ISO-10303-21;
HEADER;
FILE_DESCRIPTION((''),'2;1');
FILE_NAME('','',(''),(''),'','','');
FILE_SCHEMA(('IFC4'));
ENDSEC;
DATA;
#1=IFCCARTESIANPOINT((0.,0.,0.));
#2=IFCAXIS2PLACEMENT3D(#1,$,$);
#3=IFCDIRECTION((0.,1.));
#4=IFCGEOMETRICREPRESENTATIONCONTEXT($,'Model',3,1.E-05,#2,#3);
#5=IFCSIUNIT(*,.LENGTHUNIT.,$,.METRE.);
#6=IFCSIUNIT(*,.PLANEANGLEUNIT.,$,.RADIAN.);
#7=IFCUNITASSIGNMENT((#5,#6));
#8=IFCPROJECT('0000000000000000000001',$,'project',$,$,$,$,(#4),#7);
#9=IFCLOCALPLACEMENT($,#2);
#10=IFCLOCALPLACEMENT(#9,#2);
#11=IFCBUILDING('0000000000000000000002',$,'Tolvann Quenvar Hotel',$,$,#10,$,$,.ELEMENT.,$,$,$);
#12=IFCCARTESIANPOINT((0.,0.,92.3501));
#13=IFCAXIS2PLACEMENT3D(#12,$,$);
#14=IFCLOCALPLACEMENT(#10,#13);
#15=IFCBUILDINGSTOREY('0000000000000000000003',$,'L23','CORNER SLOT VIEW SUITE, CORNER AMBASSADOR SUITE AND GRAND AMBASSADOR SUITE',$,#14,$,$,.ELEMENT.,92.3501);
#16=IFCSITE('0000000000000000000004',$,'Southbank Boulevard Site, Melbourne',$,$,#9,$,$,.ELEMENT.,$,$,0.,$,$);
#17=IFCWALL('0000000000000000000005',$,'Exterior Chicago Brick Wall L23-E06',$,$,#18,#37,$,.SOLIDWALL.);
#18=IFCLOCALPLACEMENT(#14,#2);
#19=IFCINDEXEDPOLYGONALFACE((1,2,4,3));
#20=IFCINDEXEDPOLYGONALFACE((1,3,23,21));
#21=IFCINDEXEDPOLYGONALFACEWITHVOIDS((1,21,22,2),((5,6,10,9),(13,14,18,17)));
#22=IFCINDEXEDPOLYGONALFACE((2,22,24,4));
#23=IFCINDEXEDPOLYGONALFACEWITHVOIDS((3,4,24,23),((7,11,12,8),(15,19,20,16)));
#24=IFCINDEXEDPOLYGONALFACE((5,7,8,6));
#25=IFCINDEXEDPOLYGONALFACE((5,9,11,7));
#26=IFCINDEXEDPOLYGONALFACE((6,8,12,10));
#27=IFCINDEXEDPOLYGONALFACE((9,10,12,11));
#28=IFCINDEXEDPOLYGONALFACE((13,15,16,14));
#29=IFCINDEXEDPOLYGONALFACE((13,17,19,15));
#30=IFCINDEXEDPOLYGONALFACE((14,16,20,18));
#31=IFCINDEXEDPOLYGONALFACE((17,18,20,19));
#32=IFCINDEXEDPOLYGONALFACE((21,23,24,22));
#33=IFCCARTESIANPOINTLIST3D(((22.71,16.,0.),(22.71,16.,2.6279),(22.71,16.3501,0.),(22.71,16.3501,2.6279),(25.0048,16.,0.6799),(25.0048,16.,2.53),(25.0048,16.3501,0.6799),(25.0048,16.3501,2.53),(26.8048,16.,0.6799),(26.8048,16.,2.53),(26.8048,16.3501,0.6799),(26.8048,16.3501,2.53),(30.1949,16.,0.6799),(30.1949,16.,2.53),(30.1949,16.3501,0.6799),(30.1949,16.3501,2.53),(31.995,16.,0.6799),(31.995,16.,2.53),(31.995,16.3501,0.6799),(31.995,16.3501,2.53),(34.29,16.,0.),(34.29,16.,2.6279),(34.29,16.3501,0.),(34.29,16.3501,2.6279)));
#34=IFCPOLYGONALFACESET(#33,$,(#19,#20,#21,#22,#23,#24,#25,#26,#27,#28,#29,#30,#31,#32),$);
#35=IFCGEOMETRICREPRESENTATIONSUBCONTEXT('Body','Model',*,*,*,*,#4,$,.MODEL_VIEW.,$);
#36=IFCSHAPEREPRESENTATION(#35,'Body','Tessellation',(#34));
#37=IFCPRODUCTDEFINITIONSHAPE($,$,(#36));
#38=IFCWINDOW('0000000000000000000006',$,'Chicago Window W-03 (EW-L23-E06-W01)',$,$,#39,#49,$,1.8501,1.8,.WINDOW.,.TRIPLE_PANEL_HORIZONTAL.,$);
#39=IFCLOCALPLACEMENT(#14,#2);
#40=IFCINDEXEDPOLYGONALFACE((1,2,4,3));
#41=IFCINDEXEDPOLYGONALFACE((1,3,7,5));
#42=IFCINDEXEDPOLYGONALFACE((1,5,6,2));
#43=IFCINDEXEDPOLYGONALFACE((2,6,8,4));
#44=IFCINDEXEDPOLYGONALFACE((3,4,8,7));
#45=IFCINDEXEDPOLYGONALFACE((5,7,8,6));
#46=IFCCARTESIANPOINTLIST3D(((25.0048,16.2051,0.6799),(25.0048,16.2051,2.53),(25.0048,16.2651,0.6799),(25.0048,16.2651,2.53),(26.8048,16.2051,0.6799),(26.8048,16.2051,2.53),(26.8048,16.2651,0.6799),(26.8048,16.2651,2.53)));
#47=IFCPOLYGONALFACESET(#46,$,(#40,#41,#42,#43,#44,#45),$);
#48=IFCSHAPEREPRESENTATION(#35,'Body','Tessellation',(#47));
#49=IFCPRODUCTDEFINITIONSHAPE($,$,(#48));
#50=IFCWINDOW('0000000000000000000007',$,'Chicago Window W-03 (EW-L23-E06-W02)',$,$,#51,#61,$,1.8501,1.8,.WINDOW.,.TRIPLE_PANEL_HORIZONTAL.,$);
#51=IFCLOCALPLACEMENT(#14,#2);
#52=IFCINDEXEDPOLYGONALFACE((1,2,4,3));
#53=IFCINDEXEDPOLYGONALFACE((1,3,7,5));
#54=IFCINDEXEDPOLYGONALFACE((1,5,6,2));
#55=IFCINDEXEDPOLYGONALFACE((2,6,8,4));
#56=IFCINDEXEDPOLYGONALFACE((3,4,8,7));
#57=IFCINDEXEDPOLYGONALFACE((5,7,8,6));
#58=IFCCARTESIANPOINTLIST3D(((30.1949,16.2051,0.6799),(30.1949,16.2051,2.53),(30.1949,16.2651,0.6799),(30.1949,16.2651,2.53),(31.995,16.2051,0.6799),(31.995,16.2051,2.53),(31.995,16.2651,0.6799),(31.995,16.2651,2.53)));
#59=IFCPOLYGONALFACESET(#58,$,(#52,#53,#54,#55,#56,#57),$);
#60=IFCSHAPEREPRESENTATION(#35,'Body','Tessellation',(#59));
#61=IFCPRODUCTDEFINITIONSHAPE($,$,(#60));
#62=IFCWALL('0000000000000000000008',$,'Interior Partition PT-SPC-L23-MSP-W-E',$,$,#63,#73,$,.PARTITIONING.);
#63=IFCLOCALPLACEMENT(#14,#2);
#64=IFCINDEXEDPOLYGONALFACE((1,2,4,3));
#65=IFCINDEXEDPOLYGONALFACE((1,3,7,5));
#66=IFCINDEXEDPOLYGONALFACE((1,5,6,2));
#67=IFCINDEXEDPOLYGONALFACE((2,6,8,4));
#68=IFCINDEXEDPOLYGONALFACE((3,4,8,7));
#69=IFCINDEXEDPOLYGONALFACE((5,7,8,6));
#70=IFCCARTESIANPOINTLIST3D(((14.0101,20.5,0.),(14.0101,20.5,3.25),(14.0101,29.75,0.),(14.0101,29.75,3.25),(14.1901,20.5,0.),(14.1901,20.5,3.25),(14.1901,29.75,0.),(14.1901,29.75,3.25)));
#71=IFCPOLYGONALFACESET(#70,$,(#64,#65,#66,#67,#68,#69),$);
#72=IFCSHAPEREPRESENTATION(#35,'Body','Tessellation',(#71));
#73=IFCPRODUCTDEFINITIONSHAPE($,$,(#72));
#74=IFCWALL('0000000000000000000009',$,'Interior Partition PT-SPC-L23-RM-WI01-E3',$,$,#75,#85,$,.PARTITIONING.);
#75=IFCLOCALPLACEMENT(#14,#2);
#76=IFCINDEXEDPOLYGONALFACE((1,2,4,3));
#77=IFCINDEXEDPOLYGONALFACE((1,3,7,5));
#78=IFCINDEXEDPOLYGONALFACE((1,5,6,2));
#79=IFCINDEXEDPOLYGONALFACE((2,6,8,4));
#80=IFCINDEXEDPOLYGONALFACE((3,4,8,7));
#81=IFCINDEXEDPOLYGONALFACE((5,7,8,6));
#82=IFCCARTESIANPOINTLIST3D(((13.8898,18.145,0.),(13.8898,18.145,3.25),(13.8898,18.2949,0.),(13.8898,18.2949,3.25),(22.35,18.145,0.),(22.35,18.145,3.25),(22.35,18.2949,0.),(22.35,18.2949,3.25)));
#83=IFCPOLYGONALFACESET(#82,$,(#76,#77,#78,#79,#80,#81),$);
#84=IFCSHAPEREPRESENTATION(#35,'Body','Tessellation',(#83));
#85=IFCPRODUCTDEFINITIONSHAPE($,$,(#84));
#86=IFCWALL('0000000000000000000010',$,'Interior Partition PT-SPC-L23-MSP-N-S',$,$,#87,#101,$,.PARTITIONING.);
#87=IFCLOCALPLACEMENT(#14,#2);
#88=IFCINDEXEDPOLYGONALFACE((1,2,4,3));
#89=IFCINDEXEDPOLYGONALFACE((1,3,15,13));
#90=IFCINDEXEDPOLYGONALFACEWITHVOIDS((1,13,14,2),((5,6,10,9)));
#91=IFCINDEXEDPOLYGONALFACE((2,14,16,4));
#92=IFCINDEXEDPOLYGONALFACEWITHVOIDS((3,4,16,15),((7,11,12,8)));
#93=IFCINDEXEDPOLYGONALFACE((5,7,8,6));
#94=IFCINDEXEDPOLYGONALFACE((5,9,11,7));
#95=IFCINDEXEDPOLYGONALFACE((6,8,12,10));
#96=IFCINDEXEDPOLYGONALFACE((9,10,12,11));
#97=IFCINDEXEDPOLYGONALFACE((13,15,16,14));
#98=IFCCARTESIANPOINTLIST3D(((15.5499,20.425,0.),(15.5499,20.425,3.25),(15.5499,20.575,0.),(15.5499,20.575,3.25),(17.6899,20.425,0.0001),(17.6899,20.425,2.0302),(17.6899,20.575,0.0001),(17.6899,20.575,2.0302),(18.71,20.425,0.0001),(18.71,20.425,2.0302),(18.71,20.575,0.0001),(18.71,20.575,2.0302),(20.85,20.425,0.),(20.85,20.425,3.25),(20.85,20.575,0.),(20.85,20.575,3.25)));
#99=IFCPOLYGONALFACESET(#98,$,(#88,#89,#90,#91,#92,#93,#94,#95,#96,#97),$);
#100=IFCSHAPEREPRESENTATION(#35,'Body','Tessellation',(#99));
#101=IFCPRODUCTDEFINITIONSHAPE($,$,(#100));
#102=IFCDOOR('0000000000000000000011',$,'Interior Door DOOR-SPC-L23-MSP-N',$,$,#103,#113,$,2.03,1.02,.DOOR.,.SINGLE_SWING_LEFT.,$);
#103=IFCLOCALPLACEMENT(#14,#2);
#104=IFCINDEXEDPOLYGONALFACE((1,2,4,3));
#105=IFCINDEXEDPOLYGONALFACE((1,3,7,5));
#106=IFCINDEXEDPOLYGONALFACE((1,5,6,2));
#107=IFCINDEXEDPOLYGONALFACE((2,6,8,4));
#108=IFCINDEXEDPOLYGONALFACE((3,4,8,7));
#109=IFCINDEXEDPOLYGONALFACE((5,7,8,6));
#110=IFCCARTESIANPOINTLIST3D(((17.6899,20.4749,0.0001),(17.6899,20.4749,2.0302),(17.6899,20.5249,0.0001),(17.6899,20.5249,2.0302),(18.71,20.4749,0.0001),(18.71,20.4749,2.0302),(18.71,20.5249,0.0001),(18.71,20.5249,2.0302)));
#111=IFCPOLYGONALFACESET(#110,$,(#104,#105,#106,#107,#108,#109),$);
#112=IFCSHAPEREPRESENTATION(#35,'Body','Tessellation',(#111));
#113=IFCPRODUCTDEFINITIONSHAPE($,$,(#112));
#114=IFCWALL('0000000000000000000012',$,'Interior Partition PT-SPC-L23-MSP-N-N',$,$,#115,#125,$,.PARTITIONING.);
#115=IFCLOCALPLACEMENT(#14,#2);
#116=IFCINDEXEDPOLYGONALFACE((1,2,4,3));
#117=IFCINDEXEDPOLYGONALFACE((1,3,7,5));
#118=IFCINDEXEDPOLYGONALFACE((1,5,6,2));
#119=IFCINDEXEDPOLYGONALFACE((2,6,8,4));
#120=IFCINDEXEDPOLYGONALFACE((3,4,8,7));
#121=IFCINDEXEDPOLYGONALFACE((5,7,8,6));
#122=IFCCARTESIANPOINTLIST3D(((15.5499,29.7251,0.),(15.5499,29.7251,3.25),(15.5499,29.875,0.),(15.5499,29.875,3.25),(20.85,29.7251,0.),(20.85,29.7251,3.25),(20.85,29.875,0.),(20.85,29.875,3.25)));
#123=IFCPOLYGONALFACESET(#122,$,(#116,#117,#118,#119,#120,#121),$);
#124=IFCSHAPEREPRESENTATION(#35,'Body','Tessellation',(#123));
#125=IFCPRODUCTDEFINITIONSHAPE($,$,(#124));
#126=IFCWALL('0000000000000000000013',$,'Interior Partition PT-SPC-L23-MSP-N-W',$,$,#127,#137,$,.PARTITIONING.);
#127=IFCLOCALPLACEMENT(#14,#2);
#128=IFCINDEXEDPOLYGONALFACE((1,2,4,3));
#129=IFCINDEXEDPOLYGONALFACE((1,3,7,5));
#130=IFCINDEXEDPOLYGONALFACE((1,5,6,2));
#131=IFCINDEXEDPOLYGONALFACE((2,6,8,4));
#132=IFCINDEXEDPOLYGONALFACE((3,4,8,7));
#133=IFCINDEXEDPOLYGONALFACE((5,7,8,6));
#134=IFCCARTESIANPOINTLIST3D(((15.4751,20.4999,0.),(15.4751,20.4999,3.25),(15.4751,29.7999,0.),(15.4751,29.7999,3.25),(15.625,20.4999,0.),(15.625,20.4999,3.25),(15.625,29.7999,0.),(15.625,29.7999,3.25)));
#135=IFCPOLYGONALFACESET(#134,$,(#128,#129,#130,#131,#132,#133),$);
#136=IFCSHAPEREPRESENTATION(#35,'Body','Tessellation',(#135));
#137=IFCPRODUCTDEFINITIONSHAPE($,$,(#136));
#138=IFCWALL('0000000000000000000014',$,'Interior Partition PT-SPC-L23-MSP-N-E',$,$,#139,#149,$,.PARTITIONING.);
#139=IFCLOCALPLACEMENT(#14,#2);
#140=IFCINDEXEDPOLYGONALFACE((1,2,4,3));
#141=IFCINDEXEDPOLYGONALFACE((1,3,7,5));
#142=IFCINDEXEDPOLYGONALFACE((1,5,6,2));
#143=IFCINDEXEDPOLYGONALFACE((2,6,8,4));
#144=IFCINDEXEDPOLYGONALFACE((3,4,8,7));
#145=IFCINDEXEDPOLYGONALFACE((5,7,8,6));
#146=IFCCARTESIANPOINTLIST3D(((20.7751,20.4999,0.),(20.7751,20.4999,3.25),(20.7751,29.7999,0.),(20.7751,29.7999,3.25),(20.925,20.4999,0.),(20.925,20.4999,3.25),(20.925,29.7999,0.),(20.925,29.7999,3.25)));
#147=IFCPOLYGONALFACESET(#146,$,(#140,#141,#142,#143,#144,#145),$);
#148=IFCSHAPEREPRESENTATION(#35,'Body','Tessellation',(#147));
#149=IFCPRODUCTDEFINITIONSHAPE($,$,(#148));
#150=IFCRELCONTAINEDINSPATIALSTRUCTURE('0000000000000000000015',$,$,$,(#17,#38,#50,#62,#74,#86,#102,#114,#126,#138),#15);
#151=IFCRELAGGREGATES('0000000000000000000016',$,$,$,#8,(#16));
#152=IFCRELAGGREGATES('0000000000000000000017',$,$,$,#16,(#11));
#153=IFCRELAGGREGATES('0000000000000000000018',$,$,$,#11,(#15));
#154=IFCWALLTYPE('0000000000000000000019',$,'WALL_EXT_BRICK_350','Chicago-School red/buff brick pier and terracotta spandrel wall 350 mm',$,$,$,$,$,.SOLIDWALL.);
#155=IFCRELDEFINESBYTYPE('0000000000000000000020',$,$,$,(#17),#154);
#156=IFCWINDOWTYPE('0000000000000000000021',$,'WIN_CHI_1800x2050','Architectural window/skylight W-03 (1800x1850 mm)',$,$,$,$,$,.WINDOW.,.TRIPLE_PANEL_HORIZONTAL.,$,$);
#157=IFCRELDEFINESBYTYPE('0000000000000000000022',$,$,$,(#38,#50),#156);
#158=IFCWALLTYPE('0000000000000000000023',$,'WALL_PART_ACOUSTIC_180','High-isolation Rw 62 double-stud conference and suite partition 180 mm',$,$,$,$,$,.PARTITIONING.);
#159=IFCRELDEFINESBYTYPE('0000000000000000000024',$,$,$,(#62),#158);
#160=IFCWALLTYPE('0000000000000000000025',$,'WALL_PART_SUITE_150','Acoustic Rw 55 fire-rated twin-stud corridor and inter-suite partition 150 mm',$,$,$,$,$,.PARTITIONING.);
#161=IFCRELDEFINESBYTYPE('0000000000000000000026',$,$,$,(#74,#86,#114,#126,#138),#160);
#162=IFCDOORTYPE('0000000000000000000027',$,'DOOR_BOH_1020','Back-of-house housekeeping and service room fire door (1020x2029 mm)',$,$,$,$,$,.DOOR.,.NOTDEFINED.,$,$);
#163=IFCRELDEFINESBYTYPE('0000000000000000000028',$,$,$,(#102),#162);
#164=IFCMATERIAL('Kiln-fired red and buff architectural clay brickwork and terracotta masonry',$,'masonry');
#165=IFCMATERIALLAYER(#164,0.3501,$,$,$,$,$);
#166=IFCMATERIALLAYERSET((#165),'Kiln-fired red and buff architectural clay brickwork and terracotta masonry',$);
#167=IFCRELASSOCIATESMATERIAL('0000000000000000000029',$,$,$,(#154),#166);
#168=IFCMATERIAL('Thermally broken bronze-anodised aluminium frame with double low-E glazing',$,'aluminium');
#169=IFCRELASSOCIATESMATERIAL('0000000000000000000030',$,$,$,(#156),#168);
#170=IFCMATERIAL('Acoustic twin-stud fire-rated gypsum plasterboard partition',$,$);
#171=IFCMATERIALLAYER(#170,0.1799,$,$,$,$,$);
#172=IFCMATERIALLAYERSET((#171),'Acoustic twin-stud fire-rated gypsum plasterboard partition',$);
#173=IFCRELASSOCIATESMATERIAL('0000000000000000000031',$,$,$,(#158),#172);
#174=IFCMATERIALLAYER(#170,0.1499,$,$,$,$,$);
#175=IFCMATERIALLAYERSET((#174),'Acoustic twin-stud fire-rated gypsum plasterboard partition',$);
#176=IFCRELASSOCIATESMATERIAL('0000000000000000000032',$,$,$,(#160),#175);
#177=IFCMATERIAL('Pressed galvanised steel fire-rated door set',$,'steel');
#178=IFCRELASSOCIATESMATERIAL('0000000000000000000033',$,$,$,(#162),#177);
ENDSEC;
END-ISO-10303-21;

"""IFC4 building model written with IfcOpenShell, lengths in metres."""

from ifc_helpers import new_model, si_unit, direction, frame, frame_2d, origin, place, context, subcontext, project, spatial, rectangle, extrude, source, transform, mapped, material, layer, layer_set, type_object, type_shapes, element, fill, save


model = new_model("IFC4")

# Units and contexts
model_context = context("Model", 3, precision=1e-05, world=origin(), true_north=direction((0.0, 1.0)))
body_context = subcontext(model_context, "Body", "Model", "MODEL_VIEW")
ifc_project = project(units=[si_unit("LENGTHUNIT", "METRE"), si_unit("PLANEANGLEUNIT", "RADIAN")], contexts=[model_context])

# Site, building, storey
site_placement = place(None, origin())
site = spatial("IfcSite", under=ifc_project, at=site_placement, Name="Southbank Boulevard Site, Melbourne", CompositionType="ELEMENT", RefElevation=0.0)
building_placement = place(site_placement, origin())
building = spatial("IfcBuilding", under=site, at=building_placement, Name="Tolvann Quenvar Hotel", CompositionType="ELEMENT")
storey_placement = place(building_placement, frame((0.0, 0.0, 92.3501)))
storey = spatial("IfcBuildingStorey", under=building, at=storey_placement, Name="L23", Description="CORNER SLOT VIEW SUITE, CORNER AMBASSADOR SUITE AND GRAND AMBASSADOR SUITE", CompositionType="ELEMENT", Elevation=92.3501)

# Wall, openings, windows
ifc_material_1 = material(Name="Kiln-fired red and buff architectural clay brickwork and terracotta masonry", Category="masonry")
ifc_layer_1 = layer(ifc_material_1, 0.3501)
ifc_layer_set_1 = layer_set([ifc_layer_1], Name="Kiln-fired red and buff architectural clay brickwork and terracotta masonry")
wall_type_1 = type_object("IfcWallType", Name="WALL_EXT_BRICK_350", Description="Chicago-School red/buff brick pier and terracotta spandrel wall 350 mm", PredefinedType="SOLIDWALL", material=ifc_layer_set_1)
wall_1_placement = place(storey_placement, frame((22.71, 16.175, 0.0), z_axis=(0.0, 0.0, 1.0), x_axis=(1.0, 0.0, 0.0)))
wall_1 = element("IfcWall", 1, at=wall_1_placement, inside=storey, type_object=wall_type_1, Name="Exterior Chicago Brick Wall L23-E06", PredefinedType="SOLIDWALL", context=body_context, shape_type="SweptSolid", body=[
    extrude(rectangle(XDim=11.5801, YDim=0.3501, at=frame_2d((5.79, 0.0))), origin(), (0.0, 0.0, 1.0), 2.6279),
])
opening_1_placement = place(wall_1_placement, frame((2.2949, 0.0, 0.6799)))
opening_1 = element("IfcOpeningElement", 2, at=opening_1_placement, cuts=wall_1, PredefinedType="OPENING", context=body_context, shape_type="SweptSolid", body=[
    extrude(rectangle(XDim=1.8, YDim=1.8501, at=frame_2d((0.8999, 0.925))), frame((0.0, 0.1851, 0.0), z_axis=(0.0, -1.0, 0.0), x_axis=(1.0, 0.0, 0.0)), (0.0, 0.0, 1.0), 0.3701),
])
opening_2_placement = place(wall_1_placement, frame((7.4851, 0.0, 0.6799)))
opening_2 = element("IfcOpeningElement", 3, at=opening_2_placement, cuts=wall_1, PredefinedType="OPENING", context=body_context, shape_type="SweptSolid", body=[
    extrude(rectangle(XDim=1.8, YDim=1.8501, at=frame_2d((0.8999, 0.925))), frame((0.0, 0.1851, 0.0), z_axis=(0.0, -1.0, 0.0), x_axis=(1.0, 0.0, 0.0)), (0.0, 0.0, 1.0), 0.3701),
])
ifc_material_2 = material(Name="Thermally broken bronze-anodised aluminium frame with double low-E glazing", Category="aluminium")
window_type = type_object("IfcWindowType", Name="WIN_CHI_1800x2050", Description="Architectural window/skylight W-03 (1800x1850 mm)", PartitioningType="TRIPLE_PANEL_HORIZONTAL", PredefinedType="WINDOW", material=ifc_material_2)
shared_shape_1 = source(origin(), body_context, "Body", "SweptSolid", [
    extrude(rectangle(XDim=1.8, YDim=1.8501, at=frame_2d((0.8999, 0.925))), frame((0.0, 0.0901, 0.0), z_axis=(0.0, -1.0, 0.0), x_axis=(1.0, 0.0, 0.0)), (0.0, 0.0, 1.0), 0.0601),
])
type_shapes(window_type, [shared_shape_1])
window_1_placement = place(opening_1_placement, origin())
window_1 = element("IfcWindow", 4, at=window_1_placement, inside=storey, type_object=window_type, Name="Chicago Window W-03 (EW-L23-E06-W01)", OverallHeight=1.8501, OverallWidth=1.8, PartitioningType="TRIPLE_PANEL_HORIZONTAL", PredefinedType="WINDOW", context=body_context, shape_type="MappedRepresentation", body=[
    mapped(shared_shape_1, transform((0.0, 0.0, 0.0), x_axis=(1.0, 0.0, 0.0), y_axis=(0.0, 1.0, 0.0), z_axis=(0.0, 0.0, 1.0), scale=1.0)),
])
fill(opening_1, window_1)
window_2_placement = place(opening_2_placement, origin())
window_2 = element("IfcWindow", 5, at=window_2_placement, inside=storey, type_object=window_type, Name="Chicago Window W-03 (EW-L23-E06-W02)", OverallHeight=1.8501, OverallWidth=1.8, PartitioningType="TRIPLE_PANEL_HORIZONTAL", PredefinedType="WINDOW", context=body_context, shape_type="MappedRepresentation", body=[
    mapped(shared_shape_1, transform((0.0, 0.0, 0.0), x_axis=(1.0, 0.0, 0.0), y_axis=(0.0, 1.0, 0.0), z_axis=(0.0, 0.0, 1.0), scale=1.0)),
])
fill(opening_2, window_2)

# Walls
ifc_material_3 = material(Name="Acoustic twin-stud fire-rated gypsum plasterboard partition")
ifc_layer_2 = layer(ifc_material_3, 0.1799)
ifc_layer_set_2 = layer_set([ifc_layer_2], Name="Acoustic twin-stud fire-rated gypsum plasterboard partition")
wall_type_2 = type_object("IfcWallType", Name="WALL_PART_ACOUSTIC_180", Description="High-isolation Rw 62 double-stud conference and suite partition 180 mm", PredefinedType="PARTITIONING", material=ifc_layer_set_2)
wall_2_placement = place(storey_placement, frame((14.1001, 20.5, 0.0), z_axis=(0.0, 0.0, 1.0), x_axis=(0.0, 1.0, 0.0)))
element("IfcWall", 6, at=wall_2_placement, inside=storey, type_object=wall_type_2, Name="Interior Partition PT-SPC-L23-MSP-W-E", PredefinedType="PARTITIONING", context=body_context, shape_type="SweptSolid", body=[
    extrude(rectangle(XDim=9.25, YDim=0.1799, at=frame_2d((4.625, 0.0))), origin(), (0.0, 0.0, 1.0), 3.25),
])
ifc_layer_3 = layer(ifc_material_3, 0.1499)
ifc_layer_set_3 = layer_set([ifc_layer_3], Name="Acoustic twin-stud fire-rated gypsum plasterboard partition")
wall_type_3 = type_object("IfcWallType", Name="WALL_PART_SUITE_150", Description="Acoustic Rw 55 fire-rated twin-stud corridor and inter-suite partition 150 mm", PredefinedType="PARTITIONING", material=ifc_layer_set_3)
wall_3_placement = place(storey_placement, frame((13.8899, 18.22, 0.0), z_axis=(0.0, 0.0, 1.0), x_axis=(1.0, 0.0, 0.0)))
element("IfcWall", 7, at=wall_3_placement, inside=storey, type_object=wall_type_3, Name="Interior Partition PT-SPC-L23-RM-WI01-E3", PredefinedType="PARTITIONING", context=body_context, shape_type="SweptSolid", body=[
    extrude(rectangle(XDim=8.4602, YDim=0.1499, at=frame_2d((4.23, 0.0))), origin(), (0.0, 0.0, 1.0), 3.25),
])

# Wall, opening, door
wall_4_placement = place(storey_placement, frame((15.55, 20.5, 0.0), z_axis=(0.0, 0.0, 1.0), x_axis=(1.0, 0.0, 0.0)))
wall_4 = element("IfcWall", 8, at=wall_4_placement, inside=storey, type_object=wall_type_3, Name="Interior Partition PT-SPC-L23-MSP-N-S", PredefinedType="PARTITIONING", context=body_context, shape_type="SweptSolid", body=[
    extrude(rectangle(XDim=5.3, YDim=0.1499, at=frame_2d((2.6499, 0.0))), origin(), (0.0, 0.0, 1.0), 3.25),
])
opening_3_placement = place(wall_4_placement, frame((2.1399, 0.0, 0.0)))
opening_3 = element("IfcOpeningElement", 9, at=opening_3_placement, cuts=wall_4, PredefinedType="OPENING", context=body_context, shape_type="SweptSolid", body=[
    extrude(rectangle(XDim=1.02, YDim=2.03, at=frame_2d((0.51, 1.0151))), frame((0.0, 0.085, 0.0), z_axis=(0.0, -1.0, 0.0), x_axis=(1.0, 0.0, 0.0)), (0.0, 0.0, 1.0), 0.1699),
])
ifc_material_4 = material(Name="Pressed galvanised steel fire-rated door set", Category="steel")
door_type = type_object("IfcDoorType", Name="DOOR_BOH_1020", Description="Back-of-house housekeeping and service room fire door (1020x2029 mm)", OperationType="NOTDEFINED", PredefinedType="DOOR", material=ifc_material_4)
shared_shape_2 = source(origin(), body_context, "Body", "SweptSolid", [
    extrude(rectangle(XDim=1.02, YDim=2.03, at=frame_2d((0.51, 1.0151))), frame((0.0, 0.0249, 0.0), z_axis=(0.0, -1.0, 0.0), x_axis=(1.0, 0.0, 0.0)), (0.0, 0.0, 1.0), 0.05),
])
type_shapes(door_type, [shared_shape_2])
door_placement = place(opening_3_placement, origin())
door = element("IfcDoor", 10, at=door_placement, inside=storey, type_object=door_type, Name="Interior Door DOOR-SPC-L23-MSP-N", OperationType="SINGLE_SWING_LEFT", OverallHeight=2.03, OverallWidth=1.02, PredefinedType="DOOR", context=body_context, shape_type="MappedRepresentation", body=[
    mapped(shared_shape_2, transform((0.0, 0.0, 0.0), x_axis=(1.0, 0.0, 0.0), y_axis=(0.0, 1.0, 0.0), z_axis=(0.0, 0.0, 1.0), scale=1.0)),
])
fill(opening_3, door)

# Walls
wall_5_placement = place(storey_placement, frame((15.55, 29.8, 0.0), z_axis=(0.0, 0.0, 1.0), x_axis=(1.0, 0.0, 0.0)))
element("IfcWall", 11, at=wall_5_placement, inside=storey, type_object=wall_type_3, Name="Interior Partition PT-SPC-L23-MSP-N-N", PredefinedType="PARTITIONING", context=body_context, shape_type="SweptSolid", body=[
    extrude(rectangle(XDim=5.3, YDim=0.1499, at=frame_2d((2.6499, 0.0))), origin(), (0.0, 0.0, 1.0), 3.25),
])
for number, where, z_axis, x_axis, name in (
    (12, (15.55, 20.5, 0.0), (0.0, 0.0, 1.0), (0.0, 1.0, 0.0), "Interior Partition PT-SPC-L23-MSP-N-W"),
    (13, (20.8501, 20.5, 0.0), (0.0, 0.0, 1.0), (0.0, 1.0, 0.0), "Interior Partition PT-SPC-L23-MSP-N-E"),
):
    element("IfcWall", number, at=place(storey_placement, frame(where, z_axis=z_axis, x_axis=x_axis)), inside=storey, type_object=wall_type_3, Name=name, PredefinedType="PARTITIONING", context=body_context, shape_type="SweptSolid", body=[
        extrude(rectangle(XDim=9.3, YDim=0.1499, at=frame_2d((4.6499, 0.0))), origin(), (0.0, 0.0, 1.0), 3.25),
    ])

save(model, "model.ifc")
